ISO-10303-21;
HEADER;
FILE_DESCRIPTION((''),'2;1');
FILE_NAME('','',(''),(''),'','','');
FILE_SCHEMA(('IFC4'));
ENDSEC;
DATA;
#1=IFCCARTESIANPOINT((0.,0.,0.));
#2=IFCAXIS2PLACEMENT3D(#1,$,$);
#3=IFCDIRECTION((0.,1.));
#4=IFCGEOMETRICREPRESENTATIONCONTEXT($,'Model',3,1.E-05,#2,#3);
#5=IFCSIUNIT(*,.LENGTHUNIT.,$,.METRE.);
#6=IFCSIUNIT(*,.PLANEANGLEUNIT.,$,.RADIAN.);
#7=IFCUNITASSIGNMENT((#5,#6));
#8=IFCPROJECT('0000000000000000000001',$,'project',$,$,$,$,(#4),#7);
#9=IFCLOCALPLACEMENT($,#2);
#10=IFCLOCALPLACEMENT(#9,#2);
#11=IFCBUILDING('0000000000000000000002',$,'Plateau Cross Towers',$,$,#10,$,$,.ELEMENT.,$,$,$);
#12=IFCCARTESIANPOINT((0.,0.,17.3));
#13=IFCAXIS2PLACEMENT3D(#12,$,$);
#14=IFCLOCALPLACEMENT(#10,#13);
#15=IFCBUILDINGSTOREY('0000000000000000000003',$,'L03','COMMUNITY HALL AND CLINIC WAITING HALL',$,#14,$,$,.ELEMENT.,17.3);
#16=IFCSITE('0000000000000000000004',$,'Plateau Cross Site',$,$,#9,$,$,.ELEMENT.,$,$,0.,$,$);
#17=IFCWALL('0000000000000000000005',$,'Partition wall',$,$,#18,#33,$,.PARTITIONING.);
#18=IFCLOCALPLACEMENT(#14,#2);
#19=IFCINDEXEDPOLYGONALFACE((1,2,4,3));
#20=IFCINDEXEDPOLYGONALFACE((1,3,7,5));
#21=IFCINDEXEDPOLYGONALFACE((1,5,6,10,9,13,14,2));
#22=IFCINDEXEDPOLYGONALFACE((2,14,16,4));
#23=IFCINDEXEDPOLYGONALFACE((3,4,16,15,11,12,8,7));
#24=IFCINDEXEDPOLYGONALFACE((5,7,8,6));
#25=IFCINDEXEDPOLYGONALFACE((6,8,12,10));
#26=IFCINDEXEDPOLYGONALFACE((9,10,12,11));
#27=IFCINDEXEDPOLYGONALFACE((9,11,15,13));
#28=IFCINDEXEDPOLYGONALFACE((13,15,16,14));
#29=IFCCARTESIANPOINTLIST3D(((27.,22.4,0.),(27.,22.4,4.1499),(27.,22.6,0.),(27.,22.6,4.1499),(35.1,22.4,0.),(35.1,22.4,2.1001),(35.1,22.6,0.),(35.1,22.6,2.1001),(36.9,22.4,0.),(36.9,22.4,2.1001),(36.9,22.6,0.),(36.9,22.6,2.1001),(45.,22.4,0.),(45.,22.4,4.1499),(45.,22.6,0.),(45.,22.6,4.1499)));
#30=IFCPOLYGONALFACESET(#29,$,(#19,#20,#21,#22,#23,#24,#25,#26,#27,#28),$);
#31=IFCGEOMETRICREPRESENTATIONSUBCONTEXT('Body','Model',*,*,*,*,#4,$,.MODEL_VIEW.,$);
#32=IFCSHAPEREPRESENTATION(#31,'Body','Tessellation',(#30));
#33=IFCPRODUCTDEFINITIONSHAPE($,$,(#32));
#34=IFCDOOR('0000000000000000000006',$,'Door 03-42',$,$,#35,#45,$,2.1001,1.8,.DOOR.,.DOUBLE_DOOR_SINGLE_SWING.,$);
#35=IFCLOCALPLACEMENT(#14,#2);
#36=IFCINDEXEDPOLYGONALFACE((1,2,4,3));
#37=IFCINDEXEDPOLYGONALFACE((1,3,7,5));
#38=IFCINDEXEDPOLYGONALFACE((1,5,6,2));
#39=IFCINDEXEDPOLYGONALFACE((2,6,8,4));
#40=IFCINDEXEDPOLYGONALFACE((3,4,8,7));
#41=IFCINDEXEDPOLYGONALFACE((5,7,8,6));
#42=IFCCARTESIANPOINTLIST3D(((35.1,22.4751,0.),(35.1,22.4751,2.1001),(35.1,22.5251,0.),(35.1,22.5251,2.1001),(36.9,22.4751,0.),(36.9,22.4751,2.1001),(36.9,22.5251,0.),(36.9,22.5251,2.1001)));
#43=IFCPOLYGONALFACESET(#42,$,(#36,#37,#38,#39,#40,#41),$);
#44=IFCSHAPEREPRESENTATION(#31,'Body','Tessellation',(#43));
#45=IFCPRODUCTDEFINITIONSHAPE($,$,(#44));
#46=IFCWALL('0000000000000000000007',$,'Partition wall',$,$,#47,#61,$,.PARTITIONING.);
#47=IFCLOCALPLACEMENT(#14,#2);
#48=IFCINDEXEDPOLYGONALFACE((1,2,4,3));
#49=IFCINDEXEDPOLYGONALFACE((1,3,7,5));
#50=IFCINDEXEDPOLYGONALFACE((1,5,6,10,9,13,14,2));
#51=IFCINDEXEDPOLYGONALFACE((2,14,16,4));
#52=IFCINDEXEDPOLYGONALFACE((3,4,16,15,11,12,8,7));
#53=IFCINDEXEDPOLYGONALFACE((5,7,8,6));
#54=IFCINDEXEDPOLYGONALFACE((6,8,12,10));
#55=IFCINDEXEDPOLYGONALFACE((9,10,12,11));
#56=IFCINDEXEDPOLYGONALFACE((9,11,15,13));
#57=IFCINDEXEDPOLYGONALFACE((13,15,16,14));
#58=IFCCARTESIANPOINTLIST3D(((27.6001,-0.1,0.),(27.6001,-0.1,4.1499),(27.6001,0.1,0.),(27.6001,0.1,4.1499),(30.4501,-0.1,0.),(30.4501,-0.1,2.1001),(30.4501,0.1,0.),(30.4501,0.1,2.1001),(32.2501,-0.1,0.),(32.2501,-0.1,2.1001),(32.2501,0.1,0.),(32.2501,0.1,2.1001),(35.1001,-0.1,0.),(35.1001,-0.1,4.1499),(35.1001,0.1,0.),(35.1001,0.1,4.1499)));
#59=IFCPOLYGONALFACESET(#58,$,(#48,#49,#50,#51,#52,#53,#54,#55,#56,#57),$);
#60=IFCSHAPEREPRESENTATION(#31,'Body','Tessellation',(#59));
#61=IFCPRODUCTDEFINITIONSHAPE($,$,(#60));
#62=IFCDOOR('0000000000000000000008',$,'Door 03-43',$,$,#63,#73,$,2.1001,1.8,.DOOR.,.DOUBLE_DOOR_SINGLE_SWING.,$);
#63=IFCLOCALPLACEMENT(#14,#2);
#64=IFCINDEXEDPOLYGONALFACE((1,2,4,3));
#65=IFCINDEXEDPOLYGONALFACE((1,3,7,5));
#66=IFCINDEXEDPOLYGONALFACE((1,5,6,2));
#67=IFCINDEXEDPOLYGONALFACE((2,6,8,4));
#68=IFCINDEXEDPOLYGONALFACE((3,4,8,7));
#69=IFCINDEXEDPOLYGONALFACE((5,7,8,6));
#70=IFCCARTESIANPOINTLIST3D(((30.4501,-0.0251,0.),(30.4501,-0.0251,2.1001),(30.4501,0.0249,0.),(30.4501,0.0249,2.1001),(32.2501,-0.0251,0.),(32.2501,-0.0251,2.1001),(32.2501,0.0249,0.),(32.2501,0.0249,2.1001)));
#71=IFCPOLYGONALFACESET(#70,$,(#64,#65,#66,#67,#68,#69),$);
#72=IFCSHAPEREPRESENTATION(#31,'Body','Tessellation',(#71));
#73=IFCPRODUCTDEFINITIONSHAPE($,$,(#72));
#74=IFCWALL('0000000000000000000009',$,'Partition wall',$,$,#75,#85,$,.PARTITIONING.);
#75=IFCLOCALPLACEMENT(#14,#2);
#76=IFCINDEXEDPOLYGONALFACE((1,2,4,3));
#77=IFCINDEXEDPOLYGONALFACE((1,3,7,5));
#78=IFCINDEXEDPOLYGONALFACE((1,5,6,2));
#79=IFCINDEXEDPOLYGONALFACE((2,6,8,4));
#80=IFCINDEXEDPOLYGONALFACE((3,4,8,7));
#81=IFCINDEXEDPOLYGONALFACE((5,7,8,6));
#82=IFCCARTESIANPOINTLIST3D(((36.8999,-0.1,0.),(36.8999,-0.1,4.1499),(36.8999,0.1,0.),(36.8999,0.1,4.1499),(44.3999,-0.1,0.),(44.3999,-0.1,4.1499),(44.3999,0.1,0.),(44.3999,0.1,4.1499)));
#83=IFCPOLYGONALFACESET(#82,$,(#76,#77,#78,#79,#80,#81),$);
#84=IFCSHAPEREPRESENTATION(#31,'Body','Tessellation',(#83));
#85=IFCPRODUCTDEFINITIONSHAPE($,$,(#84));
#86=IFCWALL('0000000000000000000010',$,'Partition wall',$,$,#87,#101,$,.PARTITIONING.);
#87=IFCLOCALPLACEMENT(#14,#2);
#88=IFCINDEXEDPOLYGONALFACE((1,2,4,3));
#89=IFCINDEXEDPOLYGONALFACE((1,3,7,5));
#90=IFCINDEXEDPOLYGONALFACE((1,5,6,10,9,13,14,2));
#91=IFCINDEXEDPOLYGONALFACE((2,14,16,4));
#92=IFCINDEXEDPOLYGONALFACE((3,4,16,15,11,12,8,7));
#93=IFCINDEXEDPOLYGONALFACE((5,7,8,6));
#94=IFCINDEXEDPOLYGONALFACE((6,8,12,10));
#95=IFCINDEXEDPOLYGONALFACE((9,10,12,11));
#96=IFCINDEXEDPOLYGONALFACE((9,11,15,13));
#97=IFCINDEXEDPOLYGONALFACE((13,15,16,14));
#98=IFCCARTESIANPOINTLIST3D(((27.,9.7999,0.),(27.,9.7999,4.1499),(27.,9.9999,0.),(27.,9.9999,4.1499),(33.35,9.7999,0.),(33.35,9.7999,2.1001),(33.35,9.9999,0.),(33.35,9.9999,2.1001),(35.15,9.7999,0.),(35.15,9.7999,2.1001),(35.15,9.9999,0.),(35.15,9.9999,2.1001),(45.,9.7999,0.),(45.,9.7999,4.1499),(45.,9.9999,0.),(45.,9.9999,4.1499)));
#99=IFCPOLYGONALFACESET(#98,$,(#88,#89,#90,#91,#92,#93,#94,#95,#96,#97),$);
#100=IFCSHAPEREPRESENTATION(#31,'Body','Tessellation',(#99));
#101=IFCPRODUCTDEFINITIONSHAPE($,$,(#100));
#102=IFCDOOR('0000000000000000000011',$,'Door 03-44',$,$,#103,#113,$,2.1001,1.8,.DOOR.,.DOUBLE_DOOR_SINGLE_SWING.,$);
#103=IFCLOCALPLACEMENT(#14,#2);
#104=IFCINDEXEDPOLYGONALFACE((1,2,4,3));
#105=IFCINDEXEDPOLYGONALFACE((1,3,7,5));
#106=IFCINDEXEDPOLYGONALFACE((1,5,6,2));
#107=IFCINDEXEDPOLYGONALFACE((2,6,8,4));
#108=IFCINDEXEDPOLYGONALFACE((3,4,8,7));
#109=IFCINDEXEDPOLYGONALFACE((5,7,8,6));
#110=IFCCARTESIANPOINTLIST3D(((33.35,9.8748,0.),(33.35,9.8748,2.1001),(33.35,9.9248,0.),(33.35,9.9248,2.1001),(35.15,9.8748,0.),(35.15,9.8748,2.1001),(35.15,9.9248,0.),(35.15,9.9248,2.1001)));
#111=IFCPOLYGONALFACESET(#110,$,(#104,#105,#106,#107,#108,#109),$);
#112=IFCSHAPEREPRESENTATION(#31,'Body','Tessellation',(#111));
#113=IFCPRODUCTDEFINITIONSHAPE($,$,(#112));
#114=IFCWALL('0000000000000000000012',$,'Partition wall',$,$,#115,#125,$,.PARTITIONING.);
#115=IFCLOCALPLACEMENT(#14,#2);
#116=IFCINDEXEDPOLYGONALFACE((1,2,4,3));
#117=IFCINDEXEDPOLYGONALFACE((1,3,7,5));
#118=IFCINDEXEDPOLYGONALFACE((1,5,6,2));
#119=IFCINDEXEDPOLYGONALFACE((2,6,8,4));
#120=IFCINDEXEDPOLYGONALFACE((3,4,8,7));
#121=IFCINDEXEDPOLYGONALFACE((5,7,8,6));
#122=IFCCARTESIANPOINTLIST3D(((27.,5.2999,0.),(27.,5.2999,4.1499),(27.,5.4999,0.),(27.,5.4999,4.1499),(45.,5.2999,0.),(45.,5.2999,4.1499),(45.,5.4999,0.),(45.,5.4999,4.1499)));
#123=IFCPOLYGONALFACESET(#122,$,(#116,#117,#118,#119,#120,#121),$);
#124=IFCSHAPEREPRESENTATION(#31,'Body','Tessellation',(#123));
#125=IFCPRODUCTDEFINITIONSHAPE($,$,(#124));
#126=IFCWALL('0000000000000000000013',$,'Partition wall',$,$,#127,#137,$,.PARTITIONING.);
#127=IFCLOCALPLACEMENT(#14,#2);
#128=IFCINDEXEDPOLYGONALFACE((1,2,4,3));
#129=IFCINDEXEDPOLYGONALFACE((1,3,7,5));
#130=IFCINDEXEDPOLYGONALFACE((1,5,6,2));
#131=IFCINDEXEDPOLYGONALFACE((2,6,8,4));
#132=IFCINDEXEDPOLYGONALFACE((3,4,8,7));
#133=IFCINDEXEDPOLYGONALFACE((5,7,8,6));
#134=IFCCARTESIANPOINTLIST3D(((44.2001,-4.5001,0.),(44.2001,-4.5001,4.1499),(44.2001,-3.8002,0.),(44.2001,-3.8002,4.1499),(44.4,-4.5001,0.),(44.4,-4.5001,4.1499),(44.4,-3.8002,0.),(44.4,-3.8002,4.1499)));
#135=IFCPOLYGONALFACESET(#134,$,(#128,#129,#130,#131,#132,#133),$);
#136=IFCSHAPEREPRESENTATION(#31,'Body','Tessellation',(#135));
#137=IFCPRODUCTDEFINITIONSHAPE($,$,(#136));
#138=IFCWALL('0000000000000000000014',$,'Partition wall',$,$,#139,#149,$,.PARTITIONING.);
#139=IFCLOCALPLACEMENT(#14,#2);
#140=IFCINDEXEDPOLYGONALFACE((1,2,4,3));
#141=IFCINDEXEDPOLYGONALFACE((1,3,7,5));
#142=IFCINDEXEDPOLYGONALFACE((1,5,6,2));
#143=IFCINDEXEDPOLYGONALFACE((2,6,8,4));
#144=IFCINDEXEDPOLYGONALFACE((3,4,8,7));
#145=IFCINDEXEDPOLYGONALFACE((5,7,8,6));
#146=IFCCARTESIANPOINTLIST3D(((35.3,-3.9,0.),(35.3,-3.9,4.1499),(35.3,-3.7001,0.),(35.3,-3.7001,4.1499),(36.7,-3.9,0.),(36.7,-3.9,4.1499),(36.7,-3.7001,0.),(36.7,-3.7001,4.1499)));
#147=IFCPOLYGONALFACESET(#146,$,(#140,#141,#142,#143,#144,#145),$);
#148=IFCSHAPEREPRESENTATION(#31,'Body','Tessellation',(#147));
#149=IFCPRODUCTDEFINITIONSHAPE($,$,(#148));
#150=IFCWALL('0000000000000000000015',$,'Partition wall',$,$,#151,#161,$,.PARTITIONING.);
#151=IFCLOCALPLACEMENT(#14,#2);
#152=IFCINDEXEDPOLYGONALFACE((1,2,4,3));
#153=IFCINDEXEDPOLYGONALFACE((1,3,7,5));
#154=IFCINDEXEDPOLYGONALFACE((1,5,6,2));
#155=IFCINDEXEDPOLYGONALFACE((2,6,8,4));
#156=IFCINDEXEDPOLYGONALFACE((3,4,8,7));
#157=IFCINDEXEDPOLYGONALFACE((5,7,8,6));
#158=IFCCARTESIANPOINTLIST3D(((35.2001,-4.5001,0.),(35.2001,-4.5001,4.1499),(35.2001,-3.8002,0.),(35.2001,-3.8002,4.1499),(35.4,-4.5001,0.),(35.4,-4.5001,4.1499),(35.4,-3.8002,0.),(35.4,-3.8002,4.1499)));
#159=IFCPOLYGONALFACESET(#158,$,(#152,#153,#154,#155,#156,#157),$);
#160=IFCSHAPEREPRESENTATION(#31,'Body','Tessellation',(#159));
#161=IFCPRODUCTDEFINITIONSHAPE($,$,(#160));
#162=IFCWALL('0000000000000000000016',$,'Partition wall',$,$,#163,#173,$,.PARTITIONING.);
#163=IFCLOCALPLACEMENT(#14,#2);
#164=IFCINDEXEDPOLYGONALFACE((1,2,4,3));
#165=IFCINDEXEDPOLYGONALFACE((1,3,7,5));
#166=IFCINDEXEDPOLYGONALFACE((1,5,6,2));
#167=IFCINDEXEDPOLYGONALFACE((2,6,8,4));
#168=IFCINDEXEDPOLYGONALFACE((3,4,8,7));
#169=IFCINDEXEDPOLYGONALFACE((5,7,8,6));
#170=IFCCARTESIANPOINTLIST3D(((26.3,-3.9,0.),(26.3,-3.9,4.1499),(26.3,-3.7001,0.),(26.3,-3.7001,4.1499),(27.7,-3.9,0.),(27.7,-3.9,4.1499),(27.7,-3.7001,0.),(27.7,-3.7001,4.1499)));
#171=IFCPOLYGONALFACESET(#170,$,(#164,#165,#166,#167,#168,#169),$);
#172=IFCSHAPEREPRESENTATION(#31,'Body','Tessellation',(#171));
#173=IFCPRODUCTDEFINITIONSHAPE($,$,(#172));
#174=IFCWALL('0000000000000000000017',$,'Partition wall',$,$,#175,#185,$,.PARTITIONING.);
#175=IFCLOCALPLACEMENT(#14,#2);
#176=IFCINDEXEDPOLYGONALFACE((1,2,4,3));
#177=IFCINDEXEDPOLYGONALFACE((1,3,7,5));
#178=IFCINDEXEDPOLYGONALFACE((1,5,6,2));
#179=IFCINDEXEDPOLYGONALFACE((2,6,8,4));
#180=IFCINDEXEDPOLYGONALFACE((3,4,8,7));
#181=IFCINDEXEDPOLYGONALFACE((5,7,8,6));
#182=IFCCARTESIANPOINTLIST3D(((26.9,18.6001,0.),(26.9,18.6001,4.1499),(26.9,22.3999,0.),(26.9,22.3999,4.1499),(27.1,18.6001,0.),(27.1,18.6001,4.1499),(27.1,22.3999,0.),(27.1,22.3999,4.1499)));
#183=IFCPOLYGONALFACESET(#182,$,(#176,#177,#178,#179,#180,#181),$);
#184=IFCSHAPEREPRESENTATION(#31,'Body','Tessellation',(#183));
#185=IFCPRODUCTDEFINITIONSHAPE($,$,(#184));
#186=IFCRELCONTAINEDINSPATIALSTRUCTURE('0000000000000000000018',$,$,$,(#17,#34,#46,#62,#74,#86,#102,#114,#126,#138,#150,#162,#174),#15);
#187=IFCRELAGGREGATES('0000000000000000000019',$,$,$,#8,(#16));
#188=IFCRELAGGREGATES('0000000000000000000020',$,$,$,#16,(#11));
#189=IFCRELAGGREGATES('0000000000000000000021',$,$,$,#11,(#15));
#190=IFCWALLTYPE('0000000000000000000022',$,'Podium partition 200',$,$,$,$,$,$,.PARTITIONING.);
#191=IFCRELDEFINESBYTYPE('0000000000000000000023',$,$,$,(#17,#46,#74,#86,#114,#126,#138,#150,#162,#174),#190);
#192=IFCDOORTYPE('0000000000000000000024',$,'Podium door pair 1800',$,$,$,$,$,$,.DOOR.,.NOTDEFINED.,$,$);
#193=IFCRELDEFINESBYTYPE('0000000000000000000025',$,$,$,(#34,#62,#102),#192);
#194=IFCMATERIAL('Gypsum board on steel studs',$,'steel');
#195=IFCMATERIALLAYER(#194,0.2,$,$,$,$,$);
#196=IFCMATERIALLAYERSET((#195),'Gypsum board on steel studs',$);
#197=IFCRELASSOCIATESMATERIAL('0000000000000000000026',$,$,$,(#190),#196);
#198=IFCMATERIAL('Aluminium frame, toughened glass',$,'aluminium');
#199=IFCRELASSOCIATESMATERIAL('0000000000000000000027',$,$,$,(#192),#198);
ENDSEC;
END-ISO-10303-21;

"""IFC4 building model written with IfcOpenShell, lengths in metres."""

from ifc_helpers import new_model, si_unit, direction, frame, frame_2d, origin, place, context, subcontext, project, spatial, rectangle, extrude, material, layer, layer_set, type_object, element, fill, save


model = new_model("IFC4")

# Units and contexts
model_context = context("Model", 3, precision=1e-05, world=origin(), true_north=direction((0.0, 1.0)))
body_context = subcontext(model_context, "Body", "Model", "MODEL_VIEW")
ifc_project = project(units=[si_unit("LENGTHUNIT", "METRE"), si_unit("PLANEANGLEUNIT", "RADIAN")], contexts=[model_context])

# Site, building, storey
site_placement = place(None, origin())
site = spatial("IfcSite", under=ifc_project, at=site_placement, Name="Plateau Cross Site", CompositionType="ELEMENT", RefElevation=0.0)
building_placement = place(site_placement, origin())
building = spatial("IfcBuilding", under=site, at=building_placement, Name="Plateau Cross Towers", CompositionType="ELEMENT")
storey_placement = place(building_placement, frame((0.0, 0.0, 17.3)))
storey = spatial("IfcBuildingStorey", under=building, at=storey_placement, Name="L03", Description="COMMUNITY HALL AND CLINIC WAITING HALL", CompositionType="ELEMENT", Elevation=17.3)

# Walls, openings, doors
ifc_material_1 = material(Name="Gypsum board on steel studs", Category="steel")
ifc_layer_1 = layer(ifc_material_1, 0.2)
ifc_layer_set_1 = layer_set([ifc_layer_1], Name="Gypsum board on steel studs")
wall_type_1 = type_object("IfcWallType", Name="Podium partition 200", PredefinedType="PARTITIONING", material=ifc_layer_set_1)
wall_1_placement = place(storey_placement, frame((45.0, 22.5, 0.0), z_axis=(0.0, 0.0, 1.0), x_axis=(-1.0, 0.0, 0.0)))
wall_1 = element("IfcWall", 1, at=wall_1_placement, inside=storey, type_object=wall_type_1, Name="Partition wall", PredefinedType="PARTITIONING", context=body_context, shape_type="SweptSolid", body=[
    extrude(rectangle(XDim=18.0, YDim=0.2, at=frame_2d((9.0, 0.0))), origin(), (0.0, 0.0, 1.0), 4.1499),
])
opening_1_placement = place(wall_1_placement, frame((8.1001, 0.0, 0.0)))
opening_1 = element("IfcOpeningElement", 2, at=opening_1_placement, cuts=wall_1, PredefinedType="OPENING", context=body_context, shape_type="SweptSolid", body=[
    extrude(rectangle(XDim=1.8, YDim=2.1001, at=frame_2d((0.8999, 1.05))), frame((0.0, 0.1099, 0.0), z_axis=(0.0, -1.0, 0.0), x_axis=(1.0, 0.0, 0.0)), (0.0, 0.0, 1.0), 0.22),
])
ifc_material_2 = material(Name="Aluminium frame, toughened glass", Category="aluminium")
door_type = type_object("IfcDoorType", Name="Podium door pair 1800", OperationType="NOTDEFINED", PredefinedType="DOOR", material=ifc_material_2)
door_1_placement = place(opening_1_placement, origin())
door_1 = element("IfcDoor", 3, at=door_1_placement, inside=storey, type_object=door_type, Name="Door 03-42", OperationType="DOUBLE_DOOR_SINGLE_SWING", OverallHeight=2.1001, OverallWidth=1.8, PredefinedType="DOOR", context=body_context, shape_type="SweptSolid", body=[
    extrude(rectangle(XDim=1.8, YDim=2.1001, at=frame_2d((0.8999, 1.05))), frame((0.0, 0.0249, 0.0), z_axis=(0.0, -1.0, 0.0), x_axis=(1.0, 0.0, 0.0)), (0.0, 0.0, 1.0), 0.05),
])
fill(opening_1, door_1)
wall_2_placement = place(storey_placement, frame((27.6001, 0.0, 0.0), z_axis=(0.0, 0.0, 1.0), x_axis=(1.0, 0.0, 0.0)))
wall_2 = element("IfcWall", 4, at=wall_2_placement, inside=storey, type_object=wall_type_1, Name="Partition wall", PredefinedType="PARTITIONING", context=body_context, shape_type="SweptSolid", body=[
    extrude(rectangle(XDim=7.5, YDim=0.2, at=frame_2d((3.75, 0.0))), origin(), (0.0, 0.0, 1.0), 4.1499),
])
opening_2_placement = place(wall_2_placement, frame((2.8501, 0.0, 0.0)))
opening_2 = element("IfcOpeningElement", 5, at=opening_2_placement, cuts=wall_2, PredefinedType="OPENING", context=body_context, shape_type="SweptSolid", body=[
    extrude(rectangle(XDim=1.8, YDim=2.1001, at=frame_2d((0.8999, 1.05))), frame((0.0, 0.1099, 0.0), z_axis=(0.0, -1.0, 0.0), x_axis=(1.0, 0.0, 0.0)), (0.0, 0.0, 1.0), 0.22),
])
door_2_placement = place(opening_2_placement, origin())
door_2 = element("IfcDoor", 6, at=door_2_placement, inside=storey, type_object=door_type, Name="Door 03-43", OperationType="DOUBLE_DOOR_SINGLE_SWING", OverallHeight=2.1001, OverallWidth=1.8, PredefinedType="DOOR", context=body_context, shape_type="SweptSolid", body=[
    extrude(rectangle(XDim=1.8, YDim=2.1001, at=frame_2d((0.8999, 1.05))), frame((0.0, 0.0249, 0.0), z_axis=(0.0, -1.0, 0.0), x_axis=(1.0, 0.0, 0.0)), (0.0, 0.0, 1.0), 0.05),
])
fill(opening_2, door_2)

# Wall
wall_3_placement = place(storey_placement, frame((36.8999, 0.0, 0.0), z_axis=(0.0, 0.0, 1.0), x_axis=(1.0, 0.0, 0.0)))
element("IfcWall", 7, at=wall_3_placement, inside=storey, type_object=wall_type_1, Name="Partition wall", PredefinedType="PARTITIONING", context=body_context, shape_type="SweptSolid", body=[
    extrude(rectangle(XDim=7.5, YDim=0.2, at=frame_2d((3.75, 0.0))), origin(), (0.0, 0.0, 1.0), 4.1499),
])

# Wall, opening, door
wall_4_placement = place(storey_placement, frame((27.0, 9.8999, 0.0), z_axis=(0.0, 0.0, 1.0), x_axis=(1.0, 0.0, 0.0)))
wall_4 = element("IfcWall", 8, at=wall_4_placement, inside=storey, type_object=wall_type_1, Name="Partition wall", PredefinedType="PARTITIONING", context=body_context, shape_type="SweptSolid", body=[
    extrude(rectangle(XDim=18.0, YDim=0.2, at=frame_2d((9.0, 0.0))), origin(), (0.0, 0.0, 1.0), 4.1499),
])
opening_3_placement = place(wall_4_placement, frame((6.3501, 0.0, 0.0)))
opening_3 = element("IfcOpeningElement", 9, at=opening_3_placement, cuts=wall_4, PredefinedType="OPENING", context=body_context, shape_type="SweptSolid", body=[
    extrude(rectangle(XDim=1.8, YDim=2.1001, at=frame_2d((0.8999, 1.05))), frame((0.0, 0.1099, 0.0), z_axis=(0.0, -1.0, 0.0), x_axis=(1.0, 0.0, 0.0)), (0.0, 0.0, 1.0), 0.22),
])
door_3_placement = place(opening_3_placement, origin())
door_3 = element("IfcDoor", 10, at=door_3_placement, inside=storey, type_object=door_type, Name="Door 03-44", OperationType="DOUBLE_DOOR_SINGLE_SWING", OverallHeight=2.1001, OverallWidth=1.8, PredefinedType="DOOR", context=body_context, shape_type="SweptSolid", body=[
    extrude(rectangle(XDim=1.8, YDim=2.1001, at=frame_2d((0.8999, 1.05))), frame((0.0, 0.0249, 0.0), z_axis=(0.0, -1.0, 0.0), x_axis=(1.0, 0.0, 0.0)), (0.0, 0.0, 1.0), 0.05),
])
fill(opening_3, door_3)

# Walls
wall_5_placement = place(storey_placement, frame((45.0, 5.3999, 0.0), z_axis=(0.0, 0.0, 1.0), x_axis=(-1.0, 0.0, 0.0)))
element("IfcWall", 11, at=wall_5_placement, inside=storey, type_object=wall_type_1, Name="Partition wall", PredefinedType="PARTITIONING", context=body_context, shape_type="SweptSolid", body=[
    extrude(rectangle(XDim=18.0, YDim=0.2, at=frame_2d((9.0, 0.0))), origin(), (0.0, 0.0, 1.0), 4.1499),
])
wall_6_placement = place(storey_placement, frame((44.3, -3.8, 0.0), z_axis=(0.0, 0.0, 1.0), x_axis=(0.0, -1.0, 0.0)))
element("IfcWall", 12, at=wall_6_placement, inside=storey, type_object=wall_type_1, Name="Partition wall", PredefinedType="PARTITIONING", context=body_context, shape_type="SweptSolid", body=[
    extrude(rectangle(XDim=0.7, YDim=0.2, at=frame_2d((0.3501, 0.0))), origin(), (0.0, 0.0, 1.0), 4.1499),
])
wall_7_placement = place(storey_placement, frame((36.7, -3.8, 0.0), z_axis=(0.0, 0.0, 1.0), x_axis=(-1.0, 0.0, 0.0)))
element("IfcWall", 13, at=wall_7_placement, inside=storey, type_object=wall_type_1, Name="Partition wall", PredefinedType="PARTITIONING", context=body_context, shape_type="SweptSolid", body=[
    extrude(rectangle(XDim=1.3999, YDim=0.2, at=frame_2d((0.7, 0.0))), origin(), (0.0, 0.0, 1.0), 4.1499),
])
wall_8_placement = place(storey_placement, frame((35.3, -3.8, 0.0), z_axis=(0.0, 0.0, 1.0), x_axis=(0.0, -1.0, 0.0)))
element("IfcWall", 14, at=wall_8_placement, inside=storey, type_object=wall_type_1, Name="Partition wall", PredefinedType="PARTITIONING", context=body_context, shape_type="SweptSolid", body=[
    extrude(rectangle(XDim=0.7, YDim=0.2, at=frame_2d((0.3501, 0.0))), origin(), (0.0, 0.0, 1.0), 4.1499),
])
wall_9_placement = place(storey_placement, frame((27.7, -3.8, 0.0), z_axis=(0.0, 0.0, 1.0), x_axis=(-1.0, 0.0, 0.0)))
element("IfcWall", 15, at=wall_9_placement, inside=storey, type_object=wall_type_1, Name="Partition wall", PredefinedType="PARTITIONING", context=body_context, shape_type="SweptSolid", body=[
    extrude(rectangle(XDim=1.3999, YDim=0.2, at=frame_2d((0.7, 0.0))), origin(), (0.0, 0.0, 1.0), 4.1499),
])
wall_10_placement = place(storey_placement, frame((27.0, 22.3999, 0.0), z_axis=(0.0, 0.0, 1.0), x_axis=(0.0, -1.0, 0.0)))
element("IfcWall", 16, at=wall_10_placement, inside=storey, type_object=wall_type_1, Name="Partition wall", PredefinedType="PARTITIONING", context=body_context, shape_type="SweptSolid", body=[
    extrude(rectangle(XDim=3.7998, YDim=0.2, at=frame_2d((1.8999, 0.0))), origin(), (0.0, 0.0, 1.0), 4.1499),
])

save(model, "model.ifc")
